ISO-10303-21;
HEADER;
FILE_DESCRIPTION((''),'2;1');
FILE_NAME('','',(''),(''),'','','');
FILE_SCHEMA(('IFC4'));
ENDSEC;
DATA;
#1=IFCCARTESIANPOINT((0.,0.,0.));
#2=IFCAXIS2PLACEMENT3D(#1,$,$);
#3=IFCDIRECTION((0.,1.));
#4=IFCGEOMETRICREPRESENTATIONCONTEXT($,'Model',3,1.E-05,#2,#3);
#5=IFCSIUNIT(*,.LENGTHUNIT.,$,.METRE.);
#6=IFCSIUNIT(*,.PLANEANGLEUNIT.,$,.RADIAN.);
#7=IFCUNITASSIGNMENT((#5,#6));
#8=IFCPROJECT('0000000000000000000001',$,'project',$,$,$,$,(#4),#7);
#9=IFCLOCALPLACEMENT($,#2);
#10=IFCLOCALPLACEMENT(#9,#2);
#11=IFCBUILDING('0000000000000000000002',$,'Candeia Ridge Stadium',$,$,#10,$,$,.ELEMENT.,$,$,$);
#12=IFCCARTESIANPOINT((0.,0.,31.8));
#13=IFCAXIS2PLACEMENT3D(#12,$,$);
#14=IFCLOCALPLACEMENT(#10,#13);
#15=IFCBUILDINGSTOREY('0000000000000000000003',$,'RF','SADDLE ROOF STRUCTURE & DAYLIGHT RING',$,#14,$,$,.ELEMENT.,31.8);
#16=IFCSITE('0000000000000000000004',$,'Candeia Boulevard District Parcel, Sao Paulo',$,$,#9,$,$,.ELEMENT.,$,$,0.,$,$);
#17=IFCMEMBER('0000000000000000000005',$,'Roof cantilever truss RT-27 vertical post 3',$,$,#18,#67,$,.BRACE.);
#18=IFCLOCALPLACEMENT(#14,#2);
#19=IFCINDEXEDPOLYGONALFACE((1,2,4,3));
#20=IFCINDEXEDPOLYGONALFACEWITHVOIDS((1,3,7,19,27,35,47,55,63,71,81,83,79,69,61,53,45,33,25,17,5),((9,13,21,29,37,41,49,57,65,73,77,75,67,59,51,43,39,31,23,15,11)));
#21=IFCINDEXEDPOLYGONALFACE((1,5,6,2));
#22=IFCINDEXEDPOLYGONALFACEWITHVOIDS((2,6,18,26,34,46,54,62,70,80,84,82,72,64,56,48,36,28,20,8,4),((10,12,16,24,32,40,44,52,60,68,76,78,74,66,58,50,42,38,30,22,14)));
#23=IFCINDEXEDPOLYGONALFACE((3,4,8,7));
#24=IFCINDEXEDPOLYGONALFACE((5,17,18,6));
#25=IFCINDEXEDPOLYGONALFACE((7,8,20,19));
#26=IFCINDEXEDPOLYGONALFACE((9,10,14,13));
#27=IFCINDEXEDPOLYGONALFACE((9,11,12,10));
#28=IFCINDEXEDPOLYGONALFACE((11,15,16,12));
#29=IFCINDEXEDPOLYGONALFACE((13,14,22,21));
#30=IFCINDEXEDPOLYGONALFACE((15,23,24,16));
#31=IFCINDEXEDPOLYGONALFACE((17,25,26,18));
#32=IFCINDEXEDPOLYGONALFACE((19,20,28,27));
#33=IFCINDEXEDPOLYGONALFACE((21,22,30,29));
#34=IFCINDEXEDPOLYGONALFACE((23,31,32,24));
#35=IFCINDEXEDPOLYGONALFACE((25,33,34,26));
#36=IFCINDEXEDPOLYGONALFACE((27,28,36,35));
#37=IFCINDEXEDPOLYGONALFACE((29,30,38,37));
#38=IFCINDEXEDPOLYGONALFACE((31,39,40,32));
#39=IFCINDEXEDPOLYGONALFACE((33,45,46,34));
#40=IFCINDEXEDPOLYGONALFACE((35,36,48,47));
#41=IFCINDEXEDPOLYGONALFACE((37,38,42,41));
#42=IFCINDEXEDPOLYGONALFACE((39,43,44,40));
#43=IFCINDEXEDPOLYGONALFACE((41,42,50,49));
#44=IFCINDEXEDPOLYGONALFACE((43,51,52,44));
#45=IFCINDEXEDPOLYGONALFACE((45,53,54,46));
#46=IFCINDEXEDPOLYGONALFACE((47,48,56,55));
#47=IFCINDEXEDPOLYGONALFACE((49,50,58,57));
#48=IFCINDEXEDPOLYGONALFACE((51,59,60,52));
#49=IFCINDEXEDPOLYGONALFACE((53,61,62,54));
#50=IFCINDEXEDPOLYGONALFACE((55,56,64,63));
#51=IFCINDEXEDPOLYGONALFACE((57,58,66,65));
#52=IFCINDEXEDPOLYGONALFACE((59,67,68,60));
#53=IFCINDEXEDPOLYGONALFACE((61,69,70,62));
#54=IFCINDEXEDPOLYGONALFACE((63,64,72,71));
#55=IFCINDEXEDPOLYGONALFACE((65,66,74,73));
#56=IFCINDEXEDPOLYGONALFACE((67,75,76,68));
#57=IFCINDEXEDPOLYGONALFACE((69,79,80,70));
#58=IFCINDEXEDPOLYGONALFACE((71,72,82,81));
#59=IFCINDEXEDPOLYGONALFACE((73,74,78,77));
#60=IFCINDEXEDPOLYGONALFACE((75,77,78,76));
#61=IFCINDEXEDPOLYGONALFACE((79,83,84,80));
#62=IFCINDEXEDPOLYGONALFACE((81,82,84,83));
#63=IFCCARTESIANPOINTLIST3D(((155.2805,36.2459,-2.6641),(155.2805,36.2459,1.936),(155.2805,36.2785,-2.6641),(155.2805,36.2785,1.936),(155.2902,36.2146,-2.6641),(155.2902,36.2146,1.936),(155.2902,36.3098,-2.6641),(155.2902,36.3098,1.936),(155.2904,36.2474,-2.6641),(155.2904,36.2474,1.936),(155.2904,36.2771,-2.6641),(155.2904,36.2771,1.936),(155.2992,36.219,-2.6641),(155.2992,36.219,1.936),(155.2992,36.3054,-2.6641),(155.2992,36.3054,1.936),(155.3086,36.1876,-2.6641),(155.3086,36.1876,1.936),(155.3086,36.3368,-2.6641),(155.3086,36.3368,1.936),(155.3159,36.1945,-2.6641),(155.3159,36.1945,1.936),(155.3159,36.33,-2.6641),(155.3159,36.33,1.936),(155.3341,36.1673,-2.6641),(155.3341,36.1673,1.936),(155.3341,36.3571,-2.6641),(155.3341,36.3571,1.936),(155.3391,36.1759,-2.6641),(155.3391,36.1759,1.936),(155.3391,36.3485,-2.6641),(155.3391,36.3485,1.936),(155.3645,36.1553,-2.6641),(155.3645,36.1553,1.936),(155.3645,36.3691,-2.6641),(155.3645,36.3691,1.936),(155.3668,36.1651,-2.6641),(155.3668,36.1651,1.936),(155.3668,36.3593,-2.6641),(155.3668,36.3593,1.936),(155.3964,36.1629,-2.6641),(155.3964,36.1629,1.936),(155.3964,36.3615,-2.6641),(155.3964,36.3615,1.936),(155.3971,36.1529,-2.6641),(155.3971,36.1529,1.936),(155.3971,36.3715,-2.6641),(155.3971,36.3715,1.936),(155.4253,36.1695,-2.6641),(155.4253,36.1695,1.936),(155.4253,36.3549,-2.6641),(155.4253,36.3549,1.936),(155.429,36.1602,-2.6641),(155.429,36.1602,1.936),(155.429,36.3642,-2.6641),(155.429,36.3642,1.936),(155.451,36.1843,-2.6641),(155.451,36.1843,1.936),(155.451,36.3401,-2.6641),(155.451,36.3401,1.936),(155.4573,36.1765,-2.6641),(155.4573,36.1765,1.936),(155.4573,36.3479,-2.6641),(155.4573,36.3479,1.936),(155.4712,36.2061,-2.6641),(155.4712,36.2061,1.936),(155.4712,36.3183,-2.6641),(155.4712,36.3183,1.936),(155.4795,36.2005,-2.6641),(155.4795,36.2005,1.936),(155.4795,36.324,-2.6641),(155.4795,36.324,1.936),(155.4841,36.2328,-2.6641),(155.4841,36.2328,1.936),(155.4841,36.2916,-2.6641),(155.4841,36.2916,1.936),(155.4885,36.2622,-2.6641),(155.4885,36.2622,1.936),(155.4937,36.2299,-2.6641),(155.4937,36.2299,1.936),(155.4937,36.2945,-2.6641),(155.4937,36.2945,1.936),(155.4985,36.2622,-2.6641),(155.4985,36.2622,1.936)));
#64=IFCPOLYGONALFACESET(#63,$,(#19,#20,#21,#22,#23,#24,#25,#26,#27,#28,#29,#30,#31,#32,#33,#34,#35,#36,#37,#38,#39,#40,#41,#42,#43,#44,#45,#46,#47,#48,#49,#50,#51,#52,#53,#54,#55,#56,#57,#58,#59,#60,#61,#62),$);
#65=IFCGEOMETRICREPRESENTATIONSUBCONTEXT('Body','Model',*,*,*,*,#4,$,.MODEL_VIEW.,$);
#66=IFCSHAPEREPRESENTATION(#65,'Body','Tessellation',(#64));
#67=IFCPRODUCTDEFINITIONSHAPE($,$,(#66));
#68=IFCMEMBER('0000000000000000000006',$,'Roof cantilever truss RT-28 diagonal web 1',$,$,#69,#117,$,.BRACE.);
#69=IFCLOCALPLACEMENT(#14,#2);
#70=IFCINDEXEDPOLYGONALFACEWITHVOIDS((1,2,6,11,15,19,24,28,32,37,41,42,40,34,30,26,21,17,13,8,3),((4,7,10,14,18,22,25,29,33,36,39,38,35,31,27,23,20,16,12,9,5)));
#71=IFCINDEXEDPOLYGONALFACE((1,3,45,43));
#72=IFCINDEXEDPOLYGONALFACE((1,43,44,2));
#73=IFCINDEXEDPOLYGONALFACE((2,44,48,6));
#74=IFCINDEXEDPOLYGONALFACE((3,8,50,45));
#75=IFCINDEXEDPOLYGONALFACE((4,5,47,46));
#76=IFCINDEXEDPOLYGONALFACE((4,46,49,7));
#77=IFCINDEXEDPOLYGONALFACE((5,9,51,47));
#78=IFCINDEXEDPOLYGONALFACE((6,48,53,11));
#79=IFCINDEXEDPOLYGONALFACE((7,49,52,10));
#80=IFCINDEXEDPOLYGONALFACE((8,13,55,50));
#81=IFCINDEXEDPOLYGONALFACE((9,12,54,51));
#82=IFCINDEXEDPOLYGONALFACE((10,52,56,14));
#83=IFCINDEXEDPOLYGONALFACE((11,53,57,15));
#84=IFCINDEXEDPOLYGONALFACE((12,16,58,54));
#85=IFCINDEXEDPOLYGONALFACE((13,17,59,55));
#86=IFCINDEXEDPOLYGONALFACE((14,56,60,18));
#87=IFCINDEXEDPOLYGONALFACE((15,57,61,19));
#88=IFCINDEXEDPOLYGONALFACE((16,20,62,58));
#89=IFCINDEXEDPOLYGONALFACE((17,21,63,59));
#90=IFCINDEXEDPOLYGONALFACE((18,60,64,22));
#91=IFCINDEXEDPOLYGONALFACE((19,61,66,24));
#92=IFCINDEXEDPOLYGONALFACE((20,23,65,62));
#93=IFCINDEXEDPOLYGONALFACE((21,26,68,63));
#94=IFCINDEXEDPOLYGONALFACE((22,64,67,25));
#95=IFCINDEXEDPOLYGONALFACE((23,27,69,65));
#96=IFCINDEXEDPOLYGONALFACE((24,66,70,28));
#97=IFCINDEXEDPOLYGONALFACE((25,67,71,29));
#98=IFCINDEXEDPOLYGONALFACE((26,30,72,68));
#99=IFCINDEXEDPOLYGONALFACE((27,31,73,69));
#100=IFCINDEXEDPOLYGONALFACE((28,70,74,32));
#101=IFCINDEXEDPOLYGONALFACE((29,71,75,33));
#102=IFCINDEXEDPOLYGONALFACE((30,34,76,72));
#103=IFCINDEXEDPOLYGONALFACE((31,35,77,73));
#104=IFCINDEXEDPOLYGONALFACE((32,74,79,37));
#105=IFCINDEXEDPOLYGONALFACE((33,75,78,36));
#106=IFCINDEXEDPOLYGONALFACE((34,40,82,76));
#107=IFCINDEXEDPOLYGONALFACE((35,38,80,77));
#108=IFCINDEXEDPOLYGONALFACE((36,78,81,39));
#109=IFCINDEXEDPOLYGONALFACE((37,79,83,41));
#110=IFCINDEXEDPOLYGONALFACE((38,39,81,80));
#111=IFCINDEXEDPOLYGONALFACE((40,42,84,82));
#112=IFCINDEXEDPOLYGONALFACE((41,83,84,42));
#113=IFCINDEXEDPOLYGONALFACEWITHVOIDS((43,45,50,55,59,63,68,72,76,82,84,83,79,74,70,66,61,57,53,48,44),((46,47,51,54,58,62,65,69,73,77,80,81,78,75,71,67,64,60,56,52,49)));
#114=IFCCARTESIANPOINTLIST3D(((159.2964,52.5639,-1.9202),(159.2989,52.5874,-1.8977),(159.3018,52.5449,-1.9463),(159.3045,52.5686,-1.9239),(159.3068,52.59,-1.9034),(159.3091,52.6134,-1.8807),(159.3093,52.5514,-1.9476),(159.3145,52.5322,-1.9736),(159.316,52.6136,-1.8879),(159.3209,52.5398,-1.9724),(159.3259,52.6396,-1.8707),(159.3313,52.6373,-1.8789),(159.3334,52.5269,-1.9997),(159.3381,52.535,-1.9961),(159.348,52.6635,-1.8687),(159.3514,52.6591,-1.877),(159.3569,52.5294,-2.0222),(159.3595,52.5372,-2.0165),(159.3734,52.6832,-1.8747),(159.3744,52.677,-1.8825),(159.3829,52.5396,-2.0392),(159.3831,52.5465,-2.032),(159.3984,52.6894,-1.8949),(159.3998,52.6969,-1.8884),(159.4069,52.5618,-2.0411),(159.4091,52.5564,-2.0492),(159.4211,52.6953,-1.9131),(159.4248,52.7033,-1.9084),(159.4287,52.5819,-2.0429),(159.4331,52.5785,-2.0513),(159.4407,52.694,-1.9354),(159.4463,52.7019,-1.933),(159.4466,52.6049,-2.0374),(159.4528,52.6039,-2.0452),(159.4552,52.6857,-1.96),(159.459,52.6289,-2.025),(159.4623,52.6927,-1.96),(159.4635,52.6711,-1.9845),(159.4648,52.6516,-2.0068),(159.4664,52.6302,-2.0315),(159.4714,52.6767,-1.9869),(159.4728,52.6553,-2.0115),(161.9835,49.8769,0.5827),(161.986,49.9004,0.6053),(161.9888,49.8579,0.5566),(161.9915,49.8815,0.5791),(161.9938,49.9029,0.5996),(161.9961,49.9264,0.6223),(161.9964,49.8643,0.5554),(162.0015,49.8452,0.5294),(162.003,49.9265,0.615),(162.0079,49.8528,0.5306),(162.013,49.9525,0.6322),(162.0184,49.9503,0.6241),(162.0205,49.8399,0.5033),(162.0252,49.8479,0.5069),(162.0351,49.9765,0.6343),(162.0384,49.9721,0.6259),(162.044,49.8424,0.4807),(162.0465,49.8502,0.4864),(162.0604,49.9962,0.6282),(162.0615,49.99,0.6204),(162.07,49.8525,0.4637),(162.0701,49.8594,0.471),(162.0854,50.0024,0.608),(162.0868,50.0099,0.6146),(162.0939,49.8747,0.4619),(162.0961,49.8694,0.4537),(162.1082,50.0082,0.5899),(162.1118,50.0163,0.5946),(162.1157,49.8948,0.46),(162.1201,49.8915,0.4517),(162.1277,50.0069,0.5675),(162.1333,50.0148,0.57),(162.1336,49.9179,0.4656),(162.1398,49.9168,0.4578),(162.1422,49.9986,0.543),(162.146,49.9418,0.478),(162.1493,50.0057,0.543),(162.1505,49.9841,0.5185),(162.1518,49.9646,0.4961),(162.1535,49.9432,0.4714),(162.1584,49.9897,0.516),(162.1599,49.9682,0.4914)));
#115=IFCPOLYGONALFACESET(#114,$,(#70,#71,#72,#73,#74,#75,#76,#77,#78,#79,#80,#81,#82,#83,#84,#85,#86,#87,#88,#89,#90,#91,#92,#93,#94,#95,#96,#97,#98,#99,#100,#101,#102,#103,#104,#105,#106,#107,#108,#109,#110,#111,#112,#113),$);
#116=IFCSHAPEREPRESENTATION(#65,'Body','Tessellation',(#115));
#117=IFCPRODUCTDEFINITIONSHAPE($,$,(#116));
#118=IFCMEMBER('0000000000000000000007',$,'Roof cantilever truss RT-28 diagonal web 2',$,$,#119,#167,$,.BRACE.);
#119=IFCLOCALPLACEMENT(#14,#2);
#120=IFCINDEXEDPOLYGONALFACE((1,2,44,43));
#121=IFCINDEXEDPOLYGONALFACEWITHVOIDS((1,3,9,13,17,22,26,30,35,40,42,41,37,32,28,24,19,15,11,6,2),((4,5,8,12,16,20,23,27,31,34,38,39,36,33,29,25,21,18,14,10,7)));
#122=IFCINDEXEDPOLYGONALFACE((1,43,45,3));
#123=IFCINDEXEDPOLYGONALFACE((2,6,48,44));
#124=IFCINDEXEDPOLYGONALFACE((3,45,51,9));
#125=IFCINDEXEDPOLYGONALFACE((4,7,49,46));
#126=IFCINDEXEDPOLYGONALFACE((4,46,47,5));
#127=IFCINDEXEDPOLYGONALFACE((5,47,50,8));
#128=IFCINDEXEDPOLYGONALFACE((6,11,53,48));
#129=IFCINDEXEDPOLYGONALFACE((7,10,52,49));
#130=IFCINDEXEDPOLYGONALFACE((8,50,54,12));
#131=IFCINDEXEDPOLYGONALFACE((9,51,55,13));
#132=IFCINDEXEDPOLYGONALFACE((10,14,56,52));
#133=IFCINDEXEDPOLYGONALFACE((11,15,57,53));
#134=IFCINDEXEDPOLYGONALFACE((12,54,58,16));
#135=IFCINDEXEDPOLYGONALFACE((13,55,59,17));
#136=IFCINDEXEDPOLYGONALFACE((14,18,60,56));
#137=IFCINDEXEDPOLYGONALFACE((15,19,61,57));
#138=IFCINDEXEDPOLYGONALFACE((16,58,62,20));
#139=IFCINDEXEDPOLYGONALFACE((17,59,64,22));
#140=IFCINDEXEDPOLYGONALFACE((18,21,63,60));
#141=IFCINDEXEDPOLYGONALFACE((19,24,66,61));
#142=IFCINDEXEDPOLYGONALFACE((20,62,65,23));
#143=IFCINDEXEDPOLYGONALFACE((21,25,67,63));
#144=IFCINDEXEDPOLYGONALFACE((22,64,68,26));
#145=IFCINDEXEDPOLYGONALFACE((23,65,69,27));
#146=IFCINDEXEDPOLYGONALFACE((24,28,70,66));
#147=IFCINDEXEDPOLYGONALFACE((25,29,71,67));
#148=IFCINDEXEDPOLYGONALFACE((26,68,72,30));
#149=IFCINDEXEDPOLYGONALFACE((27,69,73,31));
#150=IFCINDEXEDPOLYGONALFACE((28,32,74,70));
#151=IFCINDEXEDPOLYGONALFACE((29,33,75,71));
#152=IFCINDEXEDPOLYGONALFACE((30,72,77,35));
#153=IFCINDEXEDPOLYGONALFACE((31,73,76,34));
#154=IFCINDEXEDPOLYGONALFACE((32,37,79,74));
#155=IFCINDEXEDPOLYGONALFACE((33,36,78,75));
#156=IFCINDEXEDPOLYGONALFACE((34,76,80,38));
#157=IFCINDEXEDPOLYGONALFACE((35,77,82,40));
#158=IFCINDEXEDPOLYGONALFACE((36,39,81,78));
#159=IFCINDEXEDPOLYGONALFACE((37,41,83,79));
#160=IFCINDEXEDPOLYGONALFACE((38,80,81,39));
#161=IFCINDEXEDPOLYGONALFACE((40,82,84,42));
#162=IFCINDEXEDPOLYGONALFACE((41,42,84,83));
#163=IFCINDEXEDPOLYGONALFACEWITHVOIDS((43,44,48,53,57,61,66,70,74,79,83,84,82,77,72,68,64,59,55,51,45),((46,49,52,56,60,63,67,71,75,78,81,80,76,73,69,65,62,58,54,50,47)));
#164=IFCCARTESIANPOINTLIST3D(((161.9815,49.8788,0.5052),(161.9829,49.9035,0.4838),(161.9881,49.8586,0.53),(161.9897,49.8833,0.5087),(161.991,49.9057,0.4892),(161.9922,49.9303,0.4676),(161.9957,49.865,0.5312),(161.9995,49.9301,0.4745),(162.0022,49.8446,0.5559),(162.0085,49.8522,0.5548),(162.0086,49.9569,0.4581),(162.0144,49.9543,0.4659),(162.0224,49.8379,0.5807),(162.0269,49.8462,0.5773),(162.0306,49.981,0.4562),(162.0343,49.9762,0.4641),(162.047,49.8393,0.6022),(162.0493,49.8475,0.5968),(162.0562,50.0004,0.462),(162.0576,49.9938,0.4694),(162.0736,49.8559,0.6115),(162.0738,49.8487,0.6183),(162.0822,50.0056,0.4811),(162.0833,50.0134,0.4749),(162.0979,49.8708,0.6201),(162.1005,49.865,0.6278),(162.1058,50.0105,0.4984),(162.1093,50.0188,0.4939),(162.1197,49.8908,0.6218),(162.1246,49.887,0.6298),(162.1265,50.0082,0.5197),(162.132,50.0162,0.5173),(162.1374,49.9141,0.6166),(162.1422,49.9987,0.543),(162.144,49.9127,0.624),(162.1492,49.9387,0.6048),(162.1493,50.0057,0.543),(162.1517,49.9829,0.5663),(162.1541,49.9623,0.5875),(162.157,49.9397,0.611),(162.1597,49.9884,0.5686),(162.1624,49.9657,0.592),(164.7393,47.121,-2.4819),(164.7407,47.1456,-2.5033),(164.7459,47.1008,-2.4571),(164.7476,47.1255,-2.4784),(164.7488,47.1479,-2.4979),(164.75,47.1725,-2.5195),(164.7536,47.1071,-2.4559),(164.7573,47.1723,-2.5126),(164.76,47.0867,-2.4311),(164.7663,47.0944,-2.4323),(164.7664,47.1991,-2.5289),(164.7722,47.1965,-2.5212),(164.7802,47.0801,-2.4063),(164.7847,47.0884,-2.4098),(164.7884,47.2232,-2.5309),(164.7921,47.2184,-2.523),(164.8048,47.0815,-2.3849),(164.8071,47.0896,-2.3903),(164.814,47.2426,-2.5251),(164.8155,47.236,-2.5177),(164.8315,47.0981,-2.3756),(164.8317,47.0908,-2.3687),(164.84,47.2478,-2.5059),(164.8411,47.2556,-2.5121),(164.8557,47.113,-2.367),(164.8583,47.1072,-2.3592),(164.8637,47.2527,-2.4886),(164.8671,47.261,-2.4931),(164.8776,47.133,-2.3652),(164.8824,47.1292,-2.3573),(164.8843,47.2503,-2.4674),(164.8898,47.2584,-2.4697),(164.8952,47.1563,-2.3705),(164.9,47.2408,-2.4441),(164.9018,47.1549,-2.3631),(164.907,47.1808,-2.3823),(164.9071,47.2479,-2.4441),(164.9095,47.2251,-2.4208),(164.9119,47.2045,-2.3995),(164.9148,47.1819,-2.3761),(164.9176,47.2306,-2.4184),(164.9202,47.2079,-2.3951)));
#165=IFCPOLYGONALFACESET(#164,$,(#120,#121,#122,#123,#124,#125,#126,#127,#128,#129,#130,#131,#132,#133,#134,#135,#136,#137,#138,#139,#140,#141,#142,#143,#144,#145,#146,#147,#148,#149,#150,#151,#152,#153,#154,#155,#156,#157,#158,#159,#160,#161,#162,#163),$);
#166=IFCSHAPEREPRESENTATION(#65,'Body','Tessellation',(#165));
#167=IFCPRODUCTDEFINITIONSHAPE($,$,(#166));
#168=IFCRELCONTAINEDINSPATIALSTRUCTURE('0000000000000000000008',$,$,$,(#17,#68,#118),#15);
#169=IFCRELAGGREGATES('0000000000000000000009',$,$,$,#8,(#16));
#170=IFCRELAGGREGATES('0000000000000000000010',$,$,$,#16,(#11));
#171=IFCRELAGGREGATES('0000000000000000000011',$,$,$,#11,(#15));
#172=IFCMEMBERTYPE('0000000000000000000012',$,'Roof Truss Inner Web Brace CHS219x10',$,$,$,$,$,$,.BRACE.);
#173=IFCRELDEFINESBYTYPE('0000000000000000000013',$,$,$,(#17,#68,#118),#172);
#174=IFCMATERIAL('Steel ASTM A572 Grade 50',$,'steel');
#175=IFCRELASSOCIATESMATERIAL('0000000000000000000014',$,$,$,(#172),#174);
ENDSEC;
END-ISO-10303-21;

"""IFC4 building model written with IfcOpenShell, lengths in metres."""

from ifc_helpers import new_model, si_unit, direction, frame, origin, origin_2d, place, context, subcontext, project, spatial, hollow_circle, extrude, material, material_profile, profile_set, type_object, element, save


model = new_model("IFC4")

# Units and contexts
model_context = context("Model", 3, precision=1e-05, world=origin(), true_north=direction((0.0, 1.0)))
body_context = subcontext(model_context, "Body", "Model", "MODEL_VIEW")
ifc_project = project(units=[si_unit("LENGTHUNIT", "METRE"), si_unit("PLANEANGLEUNIT", "RADIAN")], contexts=[model_context])

# Site, building, storey
site_placement = place(None, origin())
site = spatial("IfcSite", under=ifc_project, at=site_placement, Name="Candeia Boulevard District Parcel, Sao Paulo", CompositionType="ELEMENT", RefElevation=0.0)
building_placement = place(site_placement, origin())
building = spatial("IfcBuilding", under=site, at=building_placement, Name="Candeia Ridge Stadium", CompositionType="ELEMENT")
storey_placement = place(building_placement, frame((0.0, 0.0, 31.8)))
storey = spatial("IfcBuildingStorey", under=building, at=storey_placement, Name="RF", Description="SADDLE ROOF STRUCTURE & DAYLIGHT RING", CompositionType="ELEMENT", Elevation=31.8)

# Shared definitions
ifc_material_1 = material(Name="Steel ASTM A572 Grade 50", Category="steel")

# Members
ifc_material_profile_1 = material_profile(ifc_material_1, hollow_circle(Radius=0.1096, WallThickness=0.01, at=origin_2d()), Name="CHS219x10", Category="steel")
ifc_profile_set_1 = profile_set([ifc_material_profile_1], Name="Steel ASTM A572 Grade 50")
member_type_1 = type_object("IfcMemberType", Name="Roof Truss Inner Web Brace CHS219x10", PredefinedType="BRACE", material=ifc_profile_set_1)
member_1_placement = place(storey_placement, frame((155.3889, 36.2622, -2.6641), z_axis=(0.0, 0.0, 1.0), x_axis=(1.0, 0.0, 0.0)))
element("IfcMember", 1, at=member_1_placement, inside=storey, type_object=member_type_1, Name="Roof cantilever truss RT-27 vertical post 3", PredefinedType="BRACE", context=body_context, shape_type="SweptSolid", body=[
    extrude(hollow_circle(Radius=0.1096, WallThickness=0.01, at=origin_2d()), origin(), (0.0, 0.0, 1.0), 4.6001),
])
member_2_placement = place(storey_placement, frame((159.3848, 52.6152, -1.96), z_axis=(0.59052, -0.59052, 0.550065), x_axis=(0.707107, 0.707107, 0.0)))
element("IfcMember", 2, at=member_2_placement, inside=storey, type_object=member_type_1, Name="Roof cantilever truss RT-28 diagonal web 1", PredefinedType="BRACE", context=body_context, shape_type="SweptSolid", body=[
    extrude(hollow_circle(Radius=0.1096, WallThickness=0.01, at=origin_2d()), origin(), (0.0, 0.0, 1.0), 4.5503),
])
member_3_placement = place(storey_placement, frame((162.0718, 49.9282, 0.543), z_axis=(0.561376, -0.561376, -0.608041), x_axis=(0.707107, 0.707107, 0.0)))
element("IfcMember", 3, at=member_3_placement, inside=storey, type_object=member_type_1, Name="Roof cantilever truss RT-28 diagonal web 2", PredefinedType="BRACE", context=body_context, shape_type="SweptSolid", body=[
    extrude(hollow_circle(Radius=0.1096, WallThickness=0.01, at=origin_2d()), origin(), (0.0, 0.0, 1.0), 4.9126),
])

save(model, "model.ifc")
